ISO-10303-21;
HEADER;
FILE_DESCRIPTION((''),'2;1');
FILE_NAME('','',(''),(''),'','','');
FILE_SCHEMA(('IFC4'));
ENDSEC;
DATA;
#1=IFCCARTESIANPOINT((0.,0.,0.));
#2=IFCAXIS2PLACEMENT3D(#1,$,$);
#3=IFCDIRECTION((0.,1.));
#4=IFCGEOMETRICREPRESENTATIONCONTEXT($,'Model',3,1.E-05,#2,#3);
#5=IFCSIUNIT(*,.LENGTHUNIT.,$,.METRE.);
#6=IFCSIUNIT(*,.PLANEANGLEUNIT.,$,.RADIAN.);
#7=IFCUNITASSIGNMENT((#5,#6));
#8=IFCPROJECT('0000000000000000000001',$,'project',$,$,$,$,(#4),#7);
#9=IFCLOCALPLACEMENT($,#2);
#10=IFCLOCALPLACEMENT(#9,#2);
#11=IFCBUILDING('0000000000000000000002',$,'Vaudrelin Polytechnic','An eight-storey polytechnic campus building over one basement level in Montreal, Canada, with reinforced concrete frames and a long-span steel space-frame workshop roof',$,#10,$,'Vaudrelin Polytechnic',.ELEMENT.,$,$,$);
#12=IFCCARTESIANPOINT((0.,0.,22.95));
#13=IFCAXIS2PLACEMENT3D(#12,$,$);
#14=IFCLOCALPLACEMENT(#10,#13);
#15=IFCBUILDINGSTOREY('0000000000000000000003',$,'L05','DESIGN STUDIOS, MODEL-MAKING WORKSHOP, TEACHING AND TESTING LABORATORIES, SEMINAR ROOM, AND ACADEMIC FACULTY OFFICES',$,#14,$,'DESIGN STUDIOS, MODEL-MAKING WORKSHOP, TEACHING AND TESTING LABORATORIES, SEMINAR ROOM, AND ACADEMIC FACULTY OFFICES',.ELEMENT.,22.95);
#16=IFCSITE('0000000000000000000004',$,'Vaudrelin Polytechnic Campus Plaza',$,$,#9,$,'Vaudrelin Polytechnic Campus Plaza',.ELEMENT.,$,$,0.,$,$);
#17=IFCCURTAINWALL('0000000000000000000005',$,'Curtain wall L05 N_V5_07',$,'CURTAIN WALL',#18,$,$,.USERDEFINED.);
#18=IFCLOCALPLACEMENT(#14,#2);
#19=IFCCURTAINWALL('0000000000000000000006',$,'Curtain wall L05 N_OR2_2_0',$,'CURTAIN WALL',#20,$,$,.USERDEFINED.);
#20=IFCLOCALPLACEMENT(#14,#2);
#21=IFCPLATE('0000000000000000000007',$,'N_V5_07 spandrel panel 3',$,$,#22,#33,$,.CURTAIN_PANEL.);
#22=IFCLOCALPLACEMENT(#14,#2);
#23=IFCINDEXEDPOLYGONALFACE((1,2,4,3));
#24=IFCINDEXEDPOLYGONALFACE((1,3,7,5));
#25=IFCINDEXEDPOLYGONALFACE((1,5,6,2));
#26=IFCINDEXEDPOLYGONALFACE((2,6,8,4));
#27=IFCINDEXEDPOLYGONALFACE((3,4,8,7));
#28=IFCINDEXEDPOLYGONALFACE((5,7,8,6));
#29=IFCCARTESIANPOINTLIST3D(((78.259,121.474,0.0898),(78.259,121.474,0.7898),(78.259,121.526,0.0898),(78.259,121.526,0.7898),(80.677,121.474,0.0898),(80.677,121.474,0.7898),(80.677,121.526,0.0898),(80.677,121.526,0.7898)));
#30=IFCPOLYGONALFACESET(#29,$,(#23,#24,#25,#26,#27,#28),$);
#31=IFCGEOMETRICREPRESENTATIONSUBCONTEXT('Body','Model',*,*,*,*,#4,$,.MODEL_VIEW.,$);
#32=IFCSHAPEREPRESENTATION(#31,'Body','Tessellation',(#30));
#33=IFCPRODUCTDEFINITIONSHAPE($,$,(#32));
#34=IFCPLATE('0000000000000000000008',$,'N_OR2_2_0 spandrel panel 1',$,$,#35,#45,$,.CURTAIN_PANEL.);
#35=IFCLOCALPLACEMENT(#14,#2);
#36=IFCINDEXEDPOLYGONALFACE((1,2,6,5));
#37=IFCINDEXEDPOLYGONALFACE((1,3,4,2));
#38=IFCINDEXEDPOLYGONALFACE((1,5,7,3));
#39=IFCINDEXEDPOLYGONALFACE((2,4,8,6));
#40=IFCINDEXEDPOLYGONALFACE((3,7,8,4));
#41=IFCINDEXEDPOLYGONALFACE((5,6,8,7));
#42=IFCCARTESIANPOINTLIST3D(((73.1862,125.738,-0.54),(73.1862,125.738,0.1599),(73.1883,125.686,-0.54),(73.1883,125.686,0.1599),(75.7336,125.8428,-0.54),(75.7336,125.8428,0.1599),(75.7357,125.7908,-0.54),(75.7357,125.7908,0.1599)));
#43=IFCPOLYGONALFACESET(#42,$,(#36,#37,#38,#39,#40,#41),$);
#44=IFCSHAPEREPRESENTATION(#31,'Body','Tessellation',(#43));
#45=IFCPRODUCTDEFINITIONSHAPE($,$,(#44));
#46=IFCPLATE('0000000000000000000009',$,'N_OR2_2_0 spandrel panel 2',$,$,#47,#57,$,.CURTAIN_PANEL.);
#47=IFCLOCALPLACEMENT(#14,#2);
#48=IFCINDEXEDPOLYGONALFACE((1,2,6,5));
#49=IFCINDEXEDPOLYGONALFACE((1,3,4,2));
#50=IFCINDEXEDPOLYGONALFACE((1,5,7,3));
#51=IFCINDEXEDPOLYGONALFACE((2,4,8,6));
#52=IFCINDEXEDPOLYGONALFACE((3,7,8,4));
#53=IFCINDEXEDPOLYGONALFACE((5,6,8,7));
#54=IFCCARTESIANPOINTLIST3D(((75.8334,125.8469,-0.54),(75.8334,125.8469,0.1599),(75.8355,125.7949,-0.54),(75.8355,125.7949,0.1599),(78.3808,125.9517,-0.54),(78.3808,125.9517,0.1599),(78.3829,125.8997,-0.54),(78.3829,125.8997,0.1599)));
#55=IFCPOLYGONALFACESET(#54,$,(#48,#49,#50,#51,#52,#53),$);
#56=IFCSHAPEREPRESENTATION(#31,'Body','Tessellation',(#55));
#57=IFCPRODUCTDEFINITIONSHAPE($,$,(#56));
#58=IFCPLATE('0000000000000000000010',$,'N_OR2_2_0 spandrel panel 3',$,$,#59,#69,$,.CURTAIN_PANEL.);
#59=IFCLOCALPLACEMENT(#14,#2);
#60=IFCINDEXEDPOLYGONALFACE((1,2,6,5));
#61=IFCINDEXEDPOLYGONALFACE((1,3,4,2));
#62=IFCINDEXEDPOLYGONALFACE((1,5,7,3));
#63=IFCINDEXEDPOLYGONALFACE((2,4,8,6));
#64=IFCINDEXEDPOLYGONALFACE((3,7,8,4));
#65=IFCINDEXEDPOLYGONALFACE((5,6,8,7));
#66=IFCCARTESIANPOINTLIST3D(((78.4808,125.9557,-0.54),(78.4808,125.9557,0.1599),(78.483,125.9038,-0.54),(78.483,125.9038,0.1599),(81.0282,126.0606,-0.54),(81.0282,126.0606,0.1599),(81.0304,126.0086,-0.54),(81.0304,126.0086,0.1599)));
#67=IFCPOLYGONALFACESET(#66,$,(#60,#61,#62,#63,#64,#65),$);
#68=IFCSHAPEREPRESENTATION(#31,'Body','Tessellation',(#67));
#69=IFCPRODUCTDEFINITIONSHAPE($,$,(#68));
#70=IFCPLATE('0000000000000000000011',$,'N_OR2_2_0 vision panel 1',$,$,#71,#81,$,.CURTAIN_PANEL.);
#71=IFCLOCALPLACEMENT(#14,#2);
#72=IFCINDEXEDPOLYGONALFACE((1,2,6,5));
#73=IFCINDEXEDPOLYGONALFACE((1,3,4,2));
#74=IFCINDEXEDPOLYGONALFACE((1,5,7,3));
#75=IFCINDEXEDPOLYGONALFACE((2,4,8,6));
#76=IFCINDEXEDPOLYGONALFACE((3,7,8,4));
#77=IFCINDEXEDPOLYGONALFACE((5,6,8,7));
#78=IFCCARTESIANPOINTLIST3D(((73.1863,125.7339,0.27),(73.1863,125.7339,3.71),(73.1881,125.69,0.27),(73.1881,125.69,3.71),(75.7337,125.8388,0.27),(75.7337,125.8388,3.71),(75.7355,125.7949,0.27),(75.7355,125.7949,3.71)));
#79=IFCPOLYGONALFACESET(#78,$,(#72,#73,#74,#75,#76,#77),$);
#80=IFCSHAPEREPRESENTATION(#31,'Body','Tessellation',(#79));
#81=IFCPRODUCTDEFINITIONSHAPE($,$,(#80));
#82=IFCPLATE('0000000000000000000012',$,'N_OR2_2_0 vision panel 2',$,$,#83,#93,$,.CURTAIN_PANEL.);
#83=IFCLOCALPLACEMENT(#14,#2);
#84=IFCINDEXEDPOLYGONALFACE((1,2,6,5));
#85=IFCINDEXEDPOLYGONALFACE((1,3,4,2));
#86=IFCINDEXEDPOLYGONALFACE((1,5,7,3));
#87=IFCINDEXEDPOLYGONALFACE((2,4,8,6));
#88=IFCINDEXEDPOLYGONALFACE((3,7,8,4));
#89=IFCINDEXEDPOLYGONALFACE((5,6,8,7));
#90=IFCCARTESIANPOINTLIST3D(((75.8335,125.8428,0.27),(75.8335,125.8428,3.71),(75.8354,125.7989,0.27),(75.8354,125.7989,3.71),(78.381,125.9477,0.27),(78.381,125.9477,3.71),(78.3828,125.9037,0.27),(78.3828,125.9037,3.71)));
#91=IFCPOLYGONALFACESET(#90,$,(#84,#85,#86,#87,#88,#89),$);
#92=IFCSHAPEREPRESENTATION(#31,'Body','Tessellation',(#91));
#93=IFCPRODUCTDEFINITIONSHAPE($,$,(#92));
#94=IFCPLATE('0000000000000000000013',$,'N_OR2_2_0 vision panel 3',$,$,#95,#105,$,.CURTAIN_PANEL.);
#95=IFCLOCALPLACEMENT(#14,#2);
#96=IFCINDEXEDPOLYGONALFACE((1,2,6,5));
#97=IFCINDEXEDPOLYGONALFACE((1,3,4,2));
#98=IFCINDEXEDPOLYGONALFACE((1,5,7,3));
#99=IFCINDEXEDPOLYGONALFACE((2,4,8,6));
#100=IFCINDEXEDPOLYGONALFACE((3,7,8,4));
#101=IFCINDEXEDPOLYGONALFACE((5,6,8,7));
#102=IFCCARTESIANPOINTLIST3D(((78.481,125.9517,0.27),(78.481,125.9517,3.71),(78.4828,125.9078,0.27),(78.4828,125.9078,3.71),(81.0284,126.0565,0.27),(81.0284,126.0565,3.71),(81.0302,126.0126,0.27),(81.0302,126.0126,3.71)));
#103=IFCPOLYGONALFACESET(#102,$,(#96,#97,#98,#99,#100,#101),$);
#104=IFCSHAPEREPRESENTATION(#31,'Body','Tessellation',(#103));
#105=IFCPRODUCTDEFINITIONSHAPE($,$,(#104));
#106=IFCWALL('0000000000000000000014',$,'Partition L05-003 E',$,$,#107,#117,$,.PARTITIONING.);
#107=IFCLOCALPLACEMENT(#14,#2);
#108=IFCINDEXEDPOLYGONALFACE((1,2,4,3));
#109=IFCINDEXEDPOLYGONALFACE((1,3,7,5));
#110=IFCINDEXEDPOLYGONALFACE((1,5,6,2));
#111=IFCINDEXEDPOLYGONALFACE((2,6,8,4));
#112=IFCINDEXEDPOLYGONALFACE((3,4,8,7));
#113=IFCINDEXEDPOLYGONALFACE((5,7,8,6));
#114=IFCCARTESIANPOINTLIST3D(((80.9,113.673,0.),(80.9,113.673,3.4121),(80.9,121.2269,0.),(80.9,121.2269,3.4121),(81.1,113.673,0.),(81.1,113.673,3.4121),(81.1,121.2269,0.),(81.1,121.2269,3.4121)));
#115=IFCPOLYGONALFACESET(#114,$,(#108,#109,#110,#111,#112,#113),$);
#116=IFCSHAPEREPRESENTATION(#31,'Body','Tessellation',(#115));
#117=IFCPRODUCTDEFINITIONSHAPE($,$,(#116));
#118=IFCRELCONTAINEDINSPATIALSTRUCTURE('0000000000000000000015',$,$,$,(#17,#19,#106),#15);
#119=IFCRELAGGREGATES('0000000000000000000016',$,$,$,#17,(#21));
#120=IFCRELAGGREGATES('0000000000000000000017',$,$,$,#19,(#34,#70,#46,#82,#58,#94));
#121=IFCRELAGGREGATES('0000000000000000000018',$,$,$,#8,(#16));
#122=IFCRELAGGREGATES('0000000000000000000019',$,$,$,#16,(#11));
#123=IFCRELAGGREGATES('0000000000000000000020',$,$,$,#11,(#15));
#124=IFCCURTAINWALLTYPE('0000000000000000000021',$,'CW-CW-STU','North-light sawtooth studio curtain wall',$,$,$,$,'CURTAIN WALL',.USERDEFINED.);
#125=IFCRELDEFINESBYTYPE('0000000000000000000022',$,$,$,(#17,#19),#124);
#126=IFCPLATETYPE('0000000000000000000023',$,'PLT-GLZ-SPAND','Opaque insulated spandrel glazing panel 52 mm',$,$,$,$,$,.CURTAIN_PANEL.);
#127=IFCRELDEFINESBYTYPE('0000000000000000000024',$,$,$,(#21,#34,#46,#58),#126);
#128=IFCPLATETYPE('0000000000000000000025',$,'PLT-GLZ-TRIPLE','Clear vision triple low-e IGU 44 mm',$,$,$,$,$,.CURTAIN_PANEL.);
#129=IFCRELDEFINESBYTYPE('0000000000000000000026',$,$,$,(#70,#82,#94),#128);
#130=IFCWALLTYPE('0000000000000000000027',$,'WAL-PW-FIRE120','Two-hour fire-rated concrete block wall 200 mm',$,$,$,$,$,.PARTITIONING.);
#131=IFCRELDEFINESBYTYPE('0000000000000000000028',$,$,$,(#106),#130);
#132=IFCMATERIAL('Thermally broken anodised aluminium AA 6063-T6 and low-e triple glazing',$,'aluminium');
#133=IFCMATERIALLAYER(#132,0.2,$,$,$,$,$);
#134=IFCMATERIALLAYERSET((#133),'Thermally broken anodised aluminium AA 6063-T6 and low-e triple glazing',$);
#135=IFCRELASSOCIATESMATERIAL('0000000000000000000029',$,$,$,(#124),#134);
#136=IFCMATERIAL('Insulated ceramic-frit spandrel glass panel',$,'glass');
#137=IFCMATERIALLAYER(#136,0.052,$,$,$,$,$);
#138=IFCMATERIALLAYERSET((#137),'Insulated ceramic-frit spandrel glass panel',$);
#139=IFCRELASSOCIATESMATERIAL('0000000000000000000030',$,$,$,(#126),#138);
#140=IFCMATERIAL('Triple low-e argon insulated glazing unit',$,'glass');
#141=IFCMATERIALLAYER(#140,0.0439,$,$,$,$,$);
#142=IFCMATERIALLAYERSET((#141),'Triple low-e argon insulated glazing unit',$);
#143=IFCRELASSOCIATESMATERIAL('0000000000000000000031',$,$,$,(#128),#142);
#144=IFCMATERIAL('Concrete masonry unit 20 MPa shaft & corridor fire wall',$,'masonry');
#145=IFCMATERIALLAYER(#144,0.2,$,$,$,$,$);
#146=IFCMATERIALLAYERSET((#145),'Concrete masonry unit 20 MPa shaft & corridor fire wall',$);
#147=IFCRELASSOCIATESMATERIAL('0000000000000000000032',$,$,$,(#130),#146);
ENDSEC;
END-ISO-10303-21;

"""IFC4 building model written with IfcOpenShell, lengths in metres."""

from ifc_helpers import new_model, si_unit, direction, frame, frame_2d, origin, origin_2d, place, context, subcontext, project, spatial, rectangle, extrude, material, layer, layer_set, type_object, element, aggregate, save


model = new_model("IFC4")

# Units and contexts
model_context = context("Model", 3, precision=1e-05, world=origin(), true_north=direction((0.0, 1.0)))
body_context = subcontext(model_context, "Body", "Model", "MODEL_VIEW")
ifc_project = project(units=[si_unit("LENGTHUNIT", "METRE"), si_unit("PLANEANGLEUNIT", "RADIAN")], contexts=[model_context])

# Site, building, storey
site_placement = place(None, origin())
site = spatial("IfcSite", under=ifc_project, at=site_placement, Name="Vaudrelin Polytechnic Campus Plaza", LongName="Vaudrelin Polytechnic Campus Plaza", CompositionType="ELEMENT", RefElevation=0.0)
building_placement = place(site_placement, origin())
building = spatial("IfcBuilding", under=site, at=building_placement, Name="Vaudrelin Polytechnic", Description="An eight-storey polytechnic campus building over one basement level in Montreal, Canada, with reinforced concrete frames and a long-span steel space-frame workshop roof", LongName="Vaudrelin Polytechnic", CompositionType="ELEMENT")
storey_placement = place(building_placement, frame((0.0, 0.0, 22.95)))
storey = spatial("IfcBuildingStorey", under=building, at=storey_placement, Name="L05", Description="DESIGN STUDIOS, MODEL-MAKING WORKSHOP, TEACHING AND TESTING LABORATORIES, SEMINAR ROOM, AND ACADEMIC FACULTY OFFICES", LongName="DESIGN STUDIOS, MODEL-MAKING WORKSHOP, TEACHING AND TESTING LABORATORIES, SEMINAR ROOM, AND ACADEMIC FACULTY OFFICES", CompositionType="ELEMENT", Elevation=22.95)

# Curtain walls
ifc_material_1 = material(Name="Thermally broken anodised aluminium AA 6063-T6 and low-e triple glazing", Category="aluminium")
ifc_layer_1 = layer(ifc_material_1, 0.2)
ifc_layer_set_1 = layer_set([ifc_layer_1], Name="Thermally broken anodised aluminium AA 6063-T6 and low-e triple glazing")
curtain_wall_type = type_object("IfcCurtainWallType", Name="CW-CW-STU", Description="North-light sawtooth studio curtain wall", ElementType="CURTAIN WALL", PredefinedType="USERDEFINED", material=ifc_layer_set_1)
curtain_wall_1_placement = place(storey_placement, origin())
curtain_wall_1 = element("IfcCurtainWall", 1, at=curtain_wall_1_placement, inside=storey, type_object=curtain_wall_type, Name="Curtain wall L05 N_V5_07", ObjectType="CURTAIN WALL", PredefinedType="USERDEFINED")
curtain_wall_2_placement = place(storey_placement, origin())
curtain_wall_2 = element("IfcCurtainWall", 2, at=curtain_wall_2_placement, inside=storey, type_object=curtain_wall_type, Name="Curtain wall L05 N_OR2_2_0", ObjectType="CURTAIN WALL", PredefinedType="USERDEFINED")

# Plates
ifc_material_2 = material(Name="Insulated ceramic-frit spandrel glass panel", Category="glass")
ifc_layer_2 = layer(ifc_material_2, 0.052)
ifc_layer_set_2 = layer_set([ifc_layer_2], Name="Insulated ceramic-frit spandrel glass panel")
plate_type_1 = type_object("IfcPlateType", Name="PLT-GLZ-SPAND", Description="Opaque insulated spandrel glazing panel 52 mm", PredefinedType="CURTAIN_PANEL", material=ifc_layer_set_2)
plate_1_placement = place(storey_placement, frame((79.468, 121.5, 0.0898), z_axis=(0.0, 0.0, 1.0), x_axis=(1.0, 0.0, 0.0)))
plate_1 = element("IfcPlate", 3, at=plate_1_placement, type_object=plate_type_1, Name="N_V5_07 spandrel panel 3", PredefinedType="CURTAIN_PANEL", context=body_context, shape_type="SweptSolid", body=[
    extrude(rectangle(XDim=2.418, YDim=0.052, at=origin_2d()), origin(), (0.0, 0.0, 1.0), 0.7),
])
aggregate(curtain_wall_1, [plate_1])
plate_2_placement = place(storey_placement, frame((74.4609, 125.7644, -0.54), z_axis=(0.0, 0.0, 1.0), x_axis=(0.999154, 0.041115, 0.0)))
plate_2 = element("IfcPlate", 4, at=plate_2_placement, type_object=plate_type_1, Name="N_OR2_2_0 spandrel panel 1", PredefinedType="CURTAIN_PANEL", context=body_context, shape_type="SweptSolid", body=[
    extrude(rectangle(XDim=2.5496, YDim=0.052, at=origin_2d()), origin(), (0.0, 0.0, 1.0), 0.7),
])
plate_3_placement = place(storey_placement, frame((77.1082, 125.8733, -0.54), z_axis=(0.0, 0.0, 1.0), x_axis=(0.999154, 0.041115, 0.0)))
plate_3 = element("IfcPlate", 5, at=plate_3_placement, type_object=plate_type_1, Name="N_OR2_2_0 spandrel panel 2", PredefinedType="CURTAIN_PANEL", context=body_context, shape_type="SweptSolid", body=[
    extrude(rectangle(XDim=2.5496, YDim=0.052, at=origin_2d()), origin(), (0.0, 0.0, 1.0), 0.7),
])
plate_4_placement = place(storey_placement, frame((79.7556, 125.9822, -0.54), z_axis=(0.0, 0.0, 1.0), x_axis=(0.999154, 0.041115, 0.0)))
plate_4 = element("IfcPlate", 6, at=plate_4_placement, type_object=plate_type_1, Name="N_OR2_2_0 spandrel panel 3", PredefinedType="CURTAIN_PANEL", context=body_context, shape_type="SweptSolid", body=[
    extrude(rectangle(XDim=2.5496, YDim=0.052, at=origin_2d()), origin(), (0.0, 0.0, 1.0), 0.7),
])
ifc_material_3 = material(Name="Triple low-e argon insulated glazing unit", Category="glass")
ifc_layer_3 = layer(ifc_material_3, 0.0439)
ifc_layer_set_3 = layer_set([ifc_layer_3], Name="Triple low-e argon insulated glazing unit")
plate_type_2 = type_object("IfcPlateType", Name="PLT-GLZ-TRIPLE", Description="Clear vision triple low-e IGU 44 mm", PredefinedType="CURTAIN_PANEL", material=ifc_layer_set_3)
plate_5_placement = place(storey_placement, frame((74.4609, 125.7644, 0.27), z_axis=(0.0, 0.0, 1.0), x_axis=(0.999154, 0.041115, 0.0)))
plate_5 = element("IfcPlate", 7, at=plate_5_placement, type_object=plate_type_2, Name="N_OR2_2_0 vision panel 1", PredefinedType="CURTAIN_PANEL", context=body_context, shape_type="SweptSolid", body=[
    extrude(rectangle(XDim=2.5496, YDim=0.0439, at=origin_2d()), origin(), (0.0, 0.0, 1.0), 3.4399),
])
plate_6_placement = place(storey_placement, frame((77.1082, 125.8733, 0.27), z_axis=(0.0, 0.0, 1.0), x_axis=(0.999154, 0.041115, 0.0)))
plate_6 = element("IfcPlate", 8, at=plate_6_placement, type_object=plate_type_2, Name="N_OR2_2_0 vision panel 2", PredefinedType="CURTAIN_PANEL", context=body_context, shape_type="SweptSolid", body=[
    extrude(rectangle(XDim=2.5496, YDim=0.0439, at=origin_2d()), origin(), (0.0, 0.0, 1.0), 3.4399),
])
plate_7_placement = place(storey_placement, frame((79.7556, 125.9822, 0.27), z_axis=(0.0, 0.0, 1.0), x_axis=(0.999154, 0.041115, 0.0)))
plate_7 = element("IfcPlate", 9, at=plate_7_placement, type_object=plate_type_2, Name="N_OR2_2_0 vision panel 3", PredefinedType="CURTAIN_PANEL", context=body_context, shape_type="SweptSolid", body=[
    extrude(rectangle(XDim=2.5496, YDim=0.0439, at=origin_2d()), origin(), (0.0, 0.0, 1.0), 3.4399),
])
aggregate(curtain_wall_2, [plate_2, plate_5, plate_3, plate_6, plate_4, plate_7])

# Wall
ifc_material_4 = material(Name="Concrete masonry unit 20 MPa shaft & corridor fire wall", Category="masonry")
ifc_layer_4 = layer(ifc_material_4, 0.2)
ifc_layer_set_4 = layer_set([ifc_layer_4], Name="Concrete masonry unit 20 MPa shaft & corridor fire wall")
wall_type = type_object("IfcWallType", Name="WAL-PW-FIRE120", Description="Two-hour fire-rated concrete block wall 200 mm", PredefinedType="PARTITIONING", material=ifc_layer_set_4)
wall_placement = place(storey_placement, frame((81.0, 113.6731, 0.0), z_axis=(0.0, 0.0, 1.0), x_axis=(0.0, 1.0, 0.0)))
element("IfcWall", 10, at=wall_placement, inside=storey, type_object=wall_type, Name="Partition L05-003 E", PredefinedType="PARTITIONING", context=body_context, shape_type="SweptSolid", body=[
    extrude(rectangle(XDim=7.554, YDim=0.2, at=frame_2d((3.7769, 0.0))), origin(), (0.0, 0.0, 1.0), 3.4121),
])

save(model, "model.ifc")
